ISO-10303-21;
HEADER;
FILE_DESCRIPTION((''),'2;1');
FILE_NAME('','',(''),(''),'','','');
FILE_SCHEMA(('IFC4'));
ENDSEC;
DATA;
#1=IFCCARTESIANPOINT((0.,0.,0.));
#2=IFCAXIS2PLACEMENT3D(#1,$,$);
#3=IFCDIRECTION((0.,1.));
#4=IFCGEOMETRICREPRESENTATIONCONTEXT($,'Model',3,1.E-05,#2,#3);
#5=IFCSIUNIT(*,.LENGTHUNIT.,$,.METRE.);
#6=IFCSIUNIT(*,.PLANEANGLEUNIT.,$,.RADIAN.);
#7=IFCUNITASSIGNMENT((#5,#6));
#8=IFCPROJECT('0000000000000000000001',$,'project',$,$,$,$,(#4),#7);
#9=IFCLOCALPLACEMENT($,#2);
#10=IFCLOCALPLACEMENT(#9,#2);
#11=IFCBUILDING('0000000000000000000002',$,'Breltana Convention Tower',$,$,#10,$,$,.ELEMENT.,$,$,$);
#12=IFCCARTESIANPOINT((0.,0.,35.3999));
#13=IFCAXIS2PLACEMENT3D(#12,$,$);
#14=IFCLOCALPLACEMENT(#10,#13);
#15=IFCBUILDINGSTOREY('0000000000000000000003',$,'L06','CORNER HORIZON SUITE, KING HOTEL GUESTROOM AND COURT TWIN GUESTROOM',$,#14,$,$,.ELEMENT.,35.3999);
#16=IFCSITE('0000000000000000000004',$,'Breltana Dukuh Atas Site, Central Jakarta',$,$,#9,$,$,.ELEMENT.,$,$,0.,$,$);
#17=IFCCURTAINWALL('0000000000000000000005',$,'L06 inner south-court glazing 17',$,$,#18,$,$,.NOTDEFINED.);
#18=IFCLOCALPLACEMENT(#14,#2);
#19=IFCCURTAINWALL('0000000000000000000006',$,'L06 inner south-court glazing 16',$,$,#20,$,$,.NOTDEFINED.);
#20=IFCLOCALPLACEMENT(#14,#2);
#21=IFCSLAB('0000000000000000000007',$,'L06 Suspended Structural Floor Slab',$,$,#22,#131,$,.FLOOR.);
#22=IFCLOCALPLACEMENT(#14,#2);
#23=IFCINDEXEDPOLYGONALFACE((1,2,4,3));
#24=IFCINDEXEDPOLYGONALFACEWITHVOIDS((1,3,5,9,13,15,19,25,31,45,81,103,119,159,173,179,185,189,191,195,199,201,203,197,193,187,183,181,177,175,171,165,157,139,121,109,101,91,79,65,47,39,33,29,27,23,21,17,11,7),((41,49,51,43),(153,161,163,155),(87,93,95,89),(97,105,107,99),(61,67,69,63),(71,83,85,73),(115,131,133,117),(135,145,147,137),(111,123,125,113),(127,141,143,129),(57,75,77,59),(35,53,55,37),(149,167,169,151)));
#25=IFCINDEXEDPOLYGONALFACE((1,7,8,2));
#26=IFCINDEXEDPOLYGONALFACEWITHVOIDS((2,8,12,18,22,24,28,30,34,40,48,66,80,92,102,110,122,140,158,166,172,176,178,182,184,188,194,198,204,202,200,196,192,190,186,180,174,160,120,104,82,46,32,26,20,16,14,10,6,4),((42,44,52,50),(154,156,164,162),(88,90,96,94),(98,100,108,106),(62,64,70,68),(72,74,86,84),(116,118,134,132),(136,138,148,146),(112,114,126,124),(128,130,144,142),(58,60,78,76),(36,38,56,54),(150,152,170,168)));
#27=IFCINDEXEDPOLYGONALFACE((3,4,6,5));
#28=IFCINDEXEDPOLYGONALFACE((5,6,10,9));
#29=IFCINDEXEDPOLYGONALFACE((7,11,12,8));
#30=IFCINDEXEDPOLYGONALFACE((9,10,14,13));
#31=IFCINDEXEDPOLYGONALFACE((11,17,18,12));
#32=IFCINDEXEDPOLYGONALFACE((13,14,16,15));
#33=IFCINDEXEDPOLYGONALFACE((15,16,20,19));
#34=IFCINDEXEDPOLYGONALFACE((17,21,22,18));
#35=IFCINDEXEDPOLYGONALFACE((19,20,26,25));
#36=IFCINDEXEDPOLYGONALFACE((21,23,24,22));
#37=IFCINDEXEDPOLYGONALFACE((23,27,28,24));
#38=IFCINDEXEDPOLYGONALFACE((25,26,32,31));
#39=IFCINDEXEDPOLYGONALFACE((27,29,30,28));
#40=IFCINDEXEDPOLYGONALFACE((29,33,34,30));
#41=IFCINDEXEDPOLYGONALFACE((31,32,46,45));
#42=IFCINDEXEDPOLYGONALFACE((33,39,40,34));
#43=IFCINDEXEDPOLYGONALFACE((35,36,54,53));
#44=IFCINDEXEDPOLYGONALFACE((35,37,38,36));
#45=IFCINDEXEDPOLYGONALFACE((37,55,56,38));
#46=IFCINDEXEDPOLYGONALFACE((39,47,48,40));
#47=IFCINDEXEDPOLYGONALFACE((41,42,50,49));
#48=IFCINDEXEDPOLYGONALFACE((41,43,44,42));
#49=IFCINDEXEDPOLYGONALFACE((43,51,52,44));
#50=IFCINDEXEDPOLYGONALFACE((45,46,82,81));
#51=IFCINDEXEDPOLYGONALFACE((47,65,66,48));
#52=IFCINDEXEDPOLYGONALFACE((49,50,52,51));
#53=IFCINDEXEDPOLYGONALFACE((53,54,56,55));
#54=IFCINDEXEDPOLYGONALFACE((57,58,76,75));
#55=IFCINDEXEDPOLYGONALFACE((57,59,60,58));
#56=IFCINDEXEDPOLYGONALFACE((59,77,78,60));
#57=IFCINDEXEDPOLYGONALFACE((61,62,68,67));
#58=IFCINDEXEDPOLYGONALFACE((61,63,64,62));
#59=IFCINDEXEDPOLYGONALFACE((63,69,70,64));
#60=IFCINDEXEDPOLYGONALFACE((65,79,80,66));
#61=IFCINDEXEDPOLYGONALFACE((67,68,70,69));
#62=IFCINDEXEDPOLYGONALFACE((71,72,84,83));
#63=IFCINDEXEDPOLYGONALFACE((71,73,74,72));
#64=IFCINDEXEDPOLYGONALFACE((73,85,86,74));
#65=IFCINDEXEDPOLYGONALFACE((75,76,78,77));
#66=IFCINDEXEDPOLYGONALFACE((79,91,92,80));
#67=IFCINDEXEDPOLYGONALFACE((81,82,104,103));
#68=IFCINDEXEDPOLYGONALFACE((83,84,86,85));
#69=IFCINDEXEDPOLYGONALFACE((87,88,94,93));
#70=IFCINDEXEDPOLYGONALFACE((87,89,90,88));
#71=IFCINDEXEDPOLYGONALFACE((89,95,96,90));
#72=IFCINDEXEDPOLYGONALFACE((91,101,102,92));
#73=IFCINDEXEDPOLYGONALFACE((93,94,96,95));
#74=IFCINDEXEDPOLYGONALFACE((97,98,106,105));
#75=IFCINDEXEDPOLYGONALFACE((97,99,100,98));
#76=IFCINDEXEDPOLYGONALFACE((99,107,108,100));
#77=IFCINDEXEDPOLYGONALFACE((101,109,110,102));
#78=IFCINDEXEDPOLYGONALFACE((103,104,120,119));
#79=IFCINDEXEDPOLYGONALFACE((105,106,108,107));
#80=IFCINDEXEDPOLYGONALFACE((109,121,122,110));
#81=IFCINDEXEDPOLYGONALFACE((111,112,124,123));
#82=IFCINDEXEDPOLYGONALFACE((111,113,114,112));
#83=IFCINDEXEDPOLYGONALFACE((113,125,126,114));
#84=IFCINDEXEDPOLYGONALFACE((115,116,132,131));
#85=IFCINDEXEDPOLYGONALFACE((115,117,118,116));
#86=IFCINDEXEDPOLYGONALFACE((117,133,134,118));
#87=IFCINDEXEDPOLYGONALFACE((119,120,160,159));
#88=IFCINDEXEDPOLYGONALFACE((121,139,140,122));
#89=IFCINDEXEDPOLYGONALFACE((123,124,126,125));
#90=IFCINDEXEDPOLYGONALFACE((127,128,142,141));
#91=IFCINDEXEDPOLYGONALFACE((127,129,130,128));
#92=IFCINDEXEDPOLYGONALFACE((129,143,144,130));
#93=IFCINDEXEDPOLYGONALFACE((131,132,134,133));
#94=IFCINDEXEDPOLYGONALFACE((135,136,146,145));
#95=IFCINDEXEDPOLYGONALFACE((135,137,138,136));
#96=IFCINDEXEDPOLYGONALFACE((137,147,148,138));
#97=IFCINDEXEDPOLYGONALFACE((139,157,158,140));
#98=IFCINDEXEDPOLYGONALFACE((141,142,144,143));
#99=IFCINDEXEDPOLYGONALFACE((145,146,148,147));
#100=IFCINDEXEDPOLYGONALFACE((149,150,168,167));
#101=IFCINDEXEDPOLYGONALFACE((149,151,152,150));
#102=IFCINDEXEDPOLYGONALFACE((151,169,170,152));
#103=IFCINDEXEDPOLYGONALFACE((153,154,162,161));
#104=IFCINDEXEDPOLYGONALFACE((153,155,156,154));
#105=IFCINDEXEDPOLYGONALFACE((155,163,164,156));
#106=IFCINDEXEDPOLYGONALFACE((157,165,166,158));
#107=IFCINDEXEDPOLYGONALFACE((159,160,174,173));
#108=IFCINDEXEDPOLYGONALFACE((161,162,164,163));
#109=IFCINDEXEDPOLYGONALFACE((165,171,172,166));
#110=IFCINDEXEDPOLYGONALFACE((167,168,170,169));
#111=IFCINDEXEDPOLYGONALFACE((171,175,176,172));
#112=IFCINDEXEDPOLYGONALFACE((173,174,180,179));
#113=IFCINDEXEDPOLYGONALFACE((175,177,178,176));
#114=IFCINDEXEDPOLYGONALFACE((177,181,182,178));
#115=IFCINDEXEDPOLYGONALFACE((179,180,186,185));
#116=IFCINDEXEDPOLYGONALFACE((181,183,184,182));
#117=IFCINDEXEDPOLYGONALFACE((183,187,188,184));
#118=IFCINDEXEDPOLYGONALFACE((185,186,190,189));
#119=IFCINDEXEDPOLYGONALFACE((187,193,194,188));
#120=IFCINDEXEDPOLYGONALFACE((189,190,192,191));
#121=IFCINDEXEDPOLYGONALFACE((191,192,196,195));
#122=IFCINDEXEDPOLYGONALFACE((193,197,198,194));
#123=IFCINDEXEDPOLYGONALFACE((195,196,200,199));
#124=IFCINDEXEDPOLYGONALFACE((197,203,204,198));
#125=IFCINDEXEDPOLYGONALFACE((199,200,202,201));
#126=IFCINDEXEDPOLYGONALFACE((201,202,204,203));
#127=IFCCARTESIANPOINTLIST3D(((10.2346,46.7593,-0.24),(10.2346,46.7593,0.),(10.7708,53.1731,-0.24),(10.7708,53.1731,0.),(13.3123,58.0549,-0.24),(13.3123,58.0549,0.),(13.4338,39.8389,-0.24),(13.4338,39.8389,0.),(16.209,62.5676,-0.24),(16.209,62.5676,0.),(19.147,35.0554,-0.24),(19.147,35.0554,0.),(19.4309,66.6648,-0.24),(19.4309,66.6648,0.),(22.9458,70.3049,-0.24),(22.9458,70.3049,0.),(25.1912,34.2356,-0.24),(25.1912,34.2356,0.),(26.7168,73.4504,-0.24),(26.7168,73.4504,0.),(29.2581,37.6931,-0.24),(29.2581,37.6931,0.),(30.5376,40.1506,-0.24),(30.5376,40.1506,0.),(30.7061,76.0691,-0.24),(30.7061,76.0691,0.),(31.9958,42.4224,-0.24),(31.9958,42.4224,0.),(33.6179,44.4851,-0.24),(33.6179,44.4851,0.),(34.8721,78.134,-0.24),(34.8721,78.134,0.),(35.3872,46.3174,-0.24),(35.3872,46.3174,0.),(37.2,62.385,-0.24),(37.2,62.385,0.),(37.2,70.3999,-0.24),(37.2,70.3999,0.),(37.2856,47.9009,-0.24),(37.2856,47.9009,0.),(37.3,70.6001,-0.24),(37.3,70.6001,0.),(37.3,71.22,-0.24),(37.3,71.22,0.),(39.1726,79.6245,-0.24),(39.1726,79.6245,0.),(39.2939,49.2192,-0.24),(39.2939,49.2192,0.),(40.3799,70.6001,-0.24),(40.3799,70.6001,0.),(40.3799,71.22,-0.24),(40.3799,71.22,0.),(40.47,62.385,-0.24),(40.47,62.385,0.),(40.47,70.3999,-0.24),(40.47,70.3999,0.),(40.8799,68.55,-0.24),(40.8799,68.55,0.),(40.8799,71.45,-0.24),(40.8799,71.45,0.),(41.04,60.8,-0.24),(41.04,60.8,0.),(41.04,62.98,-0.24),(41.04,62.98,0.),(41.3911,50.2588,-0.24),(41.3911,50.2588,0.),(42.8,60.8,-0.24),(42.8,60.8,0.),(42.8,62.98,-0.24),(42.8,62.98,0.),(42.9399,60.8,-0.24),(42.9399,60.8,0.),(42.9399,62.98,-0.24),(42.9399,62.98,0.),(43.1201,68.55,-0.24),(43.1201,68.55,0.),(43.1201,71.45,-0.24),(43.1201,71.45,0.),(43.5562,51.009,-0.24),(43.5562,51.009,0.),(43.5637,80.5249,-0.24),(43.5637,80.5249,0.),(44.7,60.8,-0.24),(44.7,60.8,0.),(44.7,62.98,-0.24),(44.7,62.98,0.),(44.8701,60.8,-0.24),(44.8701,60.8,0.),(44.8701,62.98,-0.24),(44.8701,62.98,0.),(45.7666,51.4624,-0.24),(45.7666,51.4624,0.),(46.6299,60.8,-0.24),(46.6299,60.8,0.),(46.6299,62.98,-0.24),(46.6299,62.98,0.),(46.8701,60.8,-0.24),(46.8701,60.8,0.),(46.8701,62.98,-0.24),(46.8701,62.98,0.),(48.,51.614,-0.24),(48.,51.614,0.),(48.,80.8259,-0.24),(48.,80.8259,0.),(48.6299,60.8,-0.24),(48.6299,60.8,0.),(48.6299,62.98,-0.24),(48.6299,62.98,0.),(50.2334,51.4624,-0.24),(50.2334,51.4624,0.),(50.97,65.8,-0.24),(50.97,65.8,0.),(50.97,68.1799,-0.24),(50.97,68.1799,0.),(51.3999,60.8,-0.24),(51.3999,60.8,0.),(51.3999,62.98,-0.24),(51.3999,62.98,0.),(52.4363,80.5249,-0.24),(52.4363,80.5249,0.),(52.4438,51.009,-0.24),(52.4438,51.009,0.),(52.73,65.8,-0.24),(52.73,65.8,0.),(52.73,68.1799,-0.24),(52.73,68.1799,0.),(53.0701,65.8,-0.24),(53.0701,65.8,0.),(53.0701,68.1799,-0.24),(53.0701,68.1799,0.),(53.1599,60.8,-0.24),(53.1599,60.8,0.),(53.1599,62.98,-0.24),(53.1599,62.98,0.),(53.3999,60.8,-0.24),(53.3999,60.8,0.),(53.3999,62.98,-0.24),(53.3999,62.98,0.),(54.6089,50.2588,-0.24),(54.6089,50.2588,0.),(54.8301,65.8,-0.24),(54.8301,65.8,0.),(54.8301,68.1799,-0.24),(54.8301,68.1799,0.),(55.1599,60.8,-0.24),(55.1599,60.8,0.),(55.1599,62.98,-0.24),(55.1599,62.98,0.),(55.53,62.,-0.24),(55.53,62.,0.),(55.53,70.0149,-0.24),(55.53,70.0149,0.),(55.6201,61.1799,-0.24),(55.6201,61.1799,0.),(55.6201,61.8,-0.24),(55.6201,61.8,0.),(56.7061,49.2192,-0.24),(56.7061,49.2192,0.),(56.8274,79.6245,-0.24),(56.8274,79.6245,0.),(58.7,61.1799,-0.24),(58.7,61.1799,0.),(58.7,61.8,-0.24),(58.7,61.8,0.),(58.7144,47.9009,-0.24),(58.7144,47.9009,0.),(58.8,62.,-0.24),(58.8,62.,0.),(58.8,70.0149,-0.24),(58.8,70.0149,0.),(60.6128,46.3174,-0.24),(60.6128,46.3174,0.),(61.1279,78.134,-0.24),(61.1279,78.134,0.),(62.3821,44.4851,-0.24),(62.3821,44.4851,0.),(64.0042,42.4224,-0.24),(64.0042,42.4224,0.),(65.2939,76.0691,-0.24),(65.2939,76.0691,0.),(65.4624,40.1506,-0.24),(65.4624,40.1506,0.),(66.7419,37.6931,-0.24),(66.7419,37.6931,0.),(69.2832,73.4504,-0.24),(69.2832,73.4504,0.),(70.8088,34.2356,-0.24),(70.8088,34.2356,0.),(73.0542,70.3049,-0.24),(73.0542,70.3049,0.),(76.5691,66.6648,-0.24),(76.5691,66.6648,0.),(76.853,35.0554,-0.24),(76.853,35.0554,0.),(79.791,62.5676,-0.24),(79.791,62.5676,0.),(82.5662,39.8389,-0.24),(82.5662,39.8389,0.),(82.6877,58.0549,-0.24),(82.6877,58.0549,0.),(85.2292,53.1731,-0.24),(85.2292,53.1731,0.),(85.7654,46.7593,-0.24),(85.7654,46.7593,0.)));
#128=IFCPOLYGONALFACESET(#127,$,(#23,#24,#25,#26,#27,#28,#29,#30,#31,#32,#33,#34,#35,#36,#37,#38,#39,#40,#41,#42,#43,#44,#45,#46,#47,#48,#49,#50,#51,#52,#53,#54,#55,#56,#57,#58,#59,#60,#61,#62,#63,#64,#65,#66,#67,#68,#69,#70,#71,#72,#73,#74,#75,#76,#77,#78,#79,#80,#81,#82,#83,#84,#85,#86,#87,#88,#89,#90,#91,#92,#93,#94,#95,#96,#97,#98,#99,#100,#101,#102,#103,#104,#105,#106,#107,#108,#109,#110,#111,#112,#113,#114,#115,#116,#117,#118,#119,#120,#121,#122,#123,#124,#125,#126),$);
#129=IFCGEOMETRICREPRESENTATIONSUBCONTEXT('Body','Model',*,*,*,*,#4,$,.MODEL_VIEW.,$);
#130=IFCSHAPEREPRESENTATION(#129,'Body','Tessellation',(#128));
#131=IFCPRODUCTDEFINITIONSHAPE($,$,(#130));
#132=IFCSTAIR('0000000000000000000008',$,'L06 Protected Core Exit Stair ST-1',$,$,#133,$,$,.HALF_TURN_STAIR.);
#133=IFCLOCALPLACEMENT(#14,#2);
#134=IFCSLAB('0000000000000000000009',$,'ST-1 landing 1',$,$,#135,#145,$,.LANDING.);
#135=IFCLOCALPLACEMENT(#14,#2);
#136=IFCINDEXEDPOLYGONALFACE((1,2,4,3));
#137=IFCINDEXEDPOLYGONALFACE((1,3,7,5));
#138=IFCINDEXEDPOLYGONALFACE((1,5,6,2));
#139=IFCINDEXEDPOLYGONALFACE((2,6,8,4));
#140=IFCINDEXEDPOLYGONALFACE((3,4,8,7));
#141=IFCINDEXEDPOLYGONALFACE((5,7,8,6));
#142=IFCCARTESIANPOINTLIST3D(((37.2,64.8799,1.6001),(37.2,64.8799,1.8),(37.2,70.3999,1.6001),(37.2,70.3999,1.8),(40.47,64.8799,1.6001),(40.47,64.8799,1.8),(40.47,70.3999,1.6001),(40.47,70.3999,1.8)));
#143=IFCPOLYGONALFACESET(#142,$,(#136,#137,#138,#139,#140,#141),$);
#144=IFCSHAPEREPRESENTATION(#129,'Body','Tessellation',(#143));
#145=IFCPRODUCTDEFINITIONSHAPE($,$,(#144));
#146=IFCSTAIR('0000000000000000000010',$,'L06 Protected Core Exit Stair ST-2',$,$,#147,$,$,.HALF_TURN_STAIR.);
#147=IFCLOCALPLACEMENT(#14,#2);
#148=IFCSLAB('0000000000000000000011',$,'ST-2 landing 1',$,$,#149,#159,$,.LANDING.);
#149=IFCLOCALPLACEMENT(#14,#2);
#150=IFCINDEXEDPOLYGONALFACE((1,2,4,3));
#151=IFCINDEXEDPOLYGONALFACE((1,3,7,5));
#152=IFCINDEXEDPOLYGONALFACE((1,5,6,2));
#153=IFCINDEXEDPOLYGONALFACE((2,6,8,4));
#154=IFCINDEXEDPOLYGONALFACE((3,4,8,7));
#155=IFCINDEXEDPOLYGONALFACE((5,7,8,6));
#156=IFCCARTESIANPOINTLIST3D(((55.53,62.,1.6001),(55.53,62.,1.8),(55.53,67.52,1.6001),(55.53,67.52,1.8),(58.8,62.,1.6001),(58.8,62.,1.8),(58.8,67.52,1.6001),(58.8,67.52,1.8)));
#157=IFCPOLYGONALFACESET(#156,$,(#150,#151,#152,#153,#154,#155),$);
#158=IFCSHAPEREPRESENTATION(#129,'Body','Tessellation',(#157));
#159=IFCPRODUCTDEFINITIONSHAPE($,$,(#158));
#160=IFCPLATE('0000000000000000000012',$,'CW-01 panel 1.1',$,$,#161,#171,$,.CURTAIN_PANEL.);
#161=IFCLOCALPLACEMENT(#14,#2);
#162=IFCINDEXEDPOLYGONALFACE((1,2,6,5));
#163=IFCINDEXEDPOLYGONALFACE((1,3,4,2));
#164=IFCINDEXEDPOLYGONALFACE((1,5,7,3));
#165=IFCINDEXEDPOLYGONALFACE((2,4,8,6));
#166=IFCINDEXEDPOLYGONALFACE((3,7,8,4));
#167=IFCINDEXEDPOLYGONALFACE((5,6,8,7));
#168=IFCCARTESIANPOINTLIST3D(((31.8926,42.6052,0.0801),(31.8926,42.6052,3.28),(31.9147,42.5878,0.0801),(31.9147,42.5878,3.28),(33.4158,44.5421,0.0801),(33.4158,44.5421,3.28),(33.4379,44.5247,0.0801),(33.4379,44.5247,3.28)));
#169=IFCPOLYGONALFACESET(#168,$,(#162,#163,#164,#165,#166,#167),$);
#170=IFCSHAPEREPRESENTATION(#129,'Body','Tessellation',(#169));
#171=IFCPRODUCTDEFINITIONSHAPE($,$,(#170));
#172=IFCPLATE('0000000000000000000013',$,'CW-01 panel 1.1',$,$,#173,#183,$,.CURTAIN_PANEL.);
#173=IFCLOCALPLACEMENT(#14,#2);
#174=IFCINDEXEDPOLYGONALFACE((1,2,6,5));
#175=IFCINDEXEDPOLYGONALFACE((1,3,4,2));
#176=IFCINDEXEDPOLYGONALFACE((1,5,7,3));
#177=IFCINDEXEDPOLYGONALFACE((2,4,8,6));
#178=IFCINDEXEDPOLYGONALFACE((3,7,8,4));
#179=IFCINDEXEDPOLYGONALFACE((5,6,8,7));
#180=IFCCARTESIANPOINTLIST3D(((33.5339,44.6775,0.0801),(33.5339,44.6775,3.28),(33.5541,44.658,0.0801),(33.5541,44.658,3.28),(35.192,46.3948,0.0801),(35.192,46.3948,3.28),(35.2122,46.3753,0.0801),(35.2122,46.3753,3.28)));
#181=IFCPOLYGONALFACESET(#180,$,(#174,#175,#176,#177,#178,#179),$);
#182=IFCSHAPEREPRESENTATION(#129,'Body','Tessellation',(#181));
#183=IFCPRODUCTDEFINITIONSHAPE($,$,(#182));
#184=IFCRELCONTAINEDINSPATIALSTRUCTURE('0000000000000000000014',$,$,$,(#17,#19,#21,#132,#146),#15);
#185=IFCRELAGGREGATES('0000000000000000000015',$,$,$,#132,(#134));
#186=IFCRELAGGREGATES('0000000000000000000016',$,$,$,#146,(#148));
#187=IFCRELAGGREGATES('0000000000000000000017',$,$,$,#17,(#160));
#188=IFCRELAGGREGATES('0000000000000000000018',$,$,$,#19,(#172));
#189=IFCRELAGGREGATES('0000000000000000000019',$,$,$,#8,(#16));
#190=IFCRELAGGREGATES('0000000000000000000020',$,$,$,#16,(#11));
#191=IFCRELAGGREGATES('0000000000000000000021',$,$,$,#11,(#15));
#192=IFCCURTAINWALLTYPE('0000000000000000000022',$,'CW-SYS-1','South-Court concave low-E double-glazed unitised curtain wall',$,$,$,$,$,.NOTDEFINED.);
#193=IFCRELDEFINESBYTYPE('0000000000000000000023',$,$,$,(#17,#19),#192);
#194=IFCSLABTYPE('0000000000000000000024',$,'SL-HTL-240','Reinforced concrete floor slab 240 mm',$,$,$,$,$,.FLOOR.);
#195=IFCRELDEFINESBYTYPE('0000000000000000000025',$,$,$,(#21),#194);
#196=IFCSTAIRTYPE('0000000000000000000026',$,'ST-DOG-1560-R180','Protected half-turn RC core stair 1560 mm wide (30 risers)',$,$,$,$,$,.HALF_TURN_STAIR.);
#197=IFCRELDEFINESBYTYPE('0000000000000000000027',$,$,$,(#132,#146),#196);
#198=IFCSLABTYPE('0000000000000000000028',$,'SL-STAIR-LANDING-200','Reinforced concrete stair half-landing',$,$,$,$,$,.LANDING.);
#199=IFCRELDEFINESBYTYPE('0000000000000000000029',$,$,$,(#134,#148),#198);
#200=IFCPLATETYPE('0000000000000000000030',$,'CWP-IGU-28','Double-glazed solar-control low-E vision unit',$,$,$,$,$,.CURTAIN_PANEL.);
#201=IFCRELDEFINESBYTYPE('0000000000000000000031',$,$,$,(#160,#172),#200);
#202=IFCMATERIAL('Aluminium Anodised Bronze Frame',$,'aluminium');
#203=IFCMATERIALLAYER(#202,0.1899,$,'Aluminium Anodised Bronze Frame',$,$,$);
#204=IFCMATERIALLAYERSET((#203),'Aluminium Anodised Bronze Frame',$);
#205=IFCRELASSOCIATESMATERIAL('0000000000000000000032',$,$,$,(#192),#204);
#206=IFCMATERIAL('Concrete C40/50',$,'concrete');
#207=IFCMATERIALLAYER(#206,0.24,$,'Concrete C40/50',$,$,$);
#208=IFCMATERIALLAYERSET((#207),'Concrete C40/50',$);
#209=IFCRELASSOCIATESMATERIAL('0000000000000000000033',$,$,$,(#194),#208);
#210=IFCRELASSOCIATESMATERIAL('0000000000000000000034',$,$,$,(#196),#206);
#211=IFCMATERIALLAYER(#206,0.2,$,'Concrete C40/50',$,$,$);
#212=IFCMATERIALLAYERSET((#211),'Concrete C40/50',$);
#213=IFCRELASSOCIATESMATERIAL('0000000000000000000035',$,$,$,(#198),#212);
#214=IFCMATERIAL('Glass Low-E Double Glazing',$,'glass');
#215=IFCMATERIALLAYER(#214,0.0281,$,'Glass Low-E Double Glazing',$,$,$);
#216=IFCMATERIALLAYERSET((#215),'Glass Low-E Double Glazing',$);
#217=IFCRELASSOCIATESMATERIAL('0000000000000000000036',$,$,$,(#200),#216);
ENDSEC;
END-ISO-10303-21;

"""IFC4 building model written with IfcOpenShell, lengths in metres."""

from ifc_helpers import new_model, si_unit, direction, frame, origin, origin_2d, place, context, subcontext, project, spatial, polyline, rectangle, outline, extrude, source, transform, mapped, material, layer, layer_set, type_object, element, aggregate, save


model = new_model("IFC4")

# Units and contexts
model_context = context("Model", 3, precision=1e-05, world=origin(), true_north=direction((0.0, 1.0)))
body_context = subcontext(model_context, "Body", "Model", "MODEL_VIEW")
ifc_project = project(units=[si_unit("LENGTHUNIT", "METRE"), si_unit("PLANEANGLEUNIT", "RADIAN")], contexts=[model_context])

# Site, building, storey
site_placement = place(None, origin())
site = spatial("IfcSite", under=ifc_project, at=site_placement, Name="Breltana Dukuh Atas Site, Central Jakarta", CompositionType="ELEMENT", RefElevation=0.0)
building_placement = place(site_placement, origin())
building = spatial("IfcBuilding", under=site, at=building_placement, Name="Breltana Convention Tower", CompositionType="ELEMENT")
storey_placement = place(building_placement, frame((0.0, 0.0, 35.3999)))
storey = spatial("IfcBuildingStorey", under=building, at=storey_placement, Name="L06", Description="CORNER HORIZON SUITE, KING HOTEL GUESTROOM AND COURT TWIN GUESTROOM", CompositionType="ELEMENT", Elevation=35.3999)

# Curtain wall
ifc_material_1 = material(Name="Aluminium Anodised Bronze Frame", Category="aluminium")
ifc_layer_1 = layer(ifc_material_1, 0.1899, Name="Aluminium Anodised Bronze Frame")
ifc_layer_set_1 = layer_set([ifc_layer_1], Name="Aluminium Anodised Bronze Frame")
curtain_wall_type = type_object("IfcCurtainWallType", Name="CW-SYS-1", Description="South-Court concave low-E double-glazed unitised curtain wall", PredefinedType="NOTDEFINED", material=ifc_layer_set_1)
curtain_wall_1_placement = place(storey_placement, origin())
curtain_wall_1 = element("IfcCurtainWall", 1, at=curtain_wall_1_placement, inside=storey, type_object=curtain_wall_type, Name="L06 inner south-court glazing 17", PredefinedType="NOTDEFINED")

# Curtain wall
curtain_wall_2_placement = place(storey_placement, origin())
curtain_wall_2 = element("IfcCurtainWall", 2, at=curtain_wall_2_placement, inside=storey, type_object=curtain_wall_type, Name="L06 inner south-court glazing 16", PredefinedType="NOTDEFINED")

# Slab
ifc_material_2 = material(Name="Concrete C40/50", Category="concrete")
ifc_layer_2 = layer(ifc_material_2, 0.24, Name="Concrete C40/50")
ifc_layer_set_2 = layer_set([ifc_layer_2], Name="Concrete C40/50")
slab_type_1 = type_object("IfcSlabType", Name="SL-HTL-240", Description="Reinforced concrete floor slab 240 mm", PredefinedType="FLOOR", material=ifc_layer_set_2)
slab_1_placement = place(storey_placement, frame((0.0, 0.0, -0.24)))
element("IfcSlab", 3, at=slab_1_placement, inside=storey, type_object=slab_type_1, Name="L06 Suspended Structural Floor Slab", PredefinedType="FLOOR", context=body_context, shape_type="SweptSolid", body=[
    extrude(outline(polyline([(85.2292, 53.1731), (82.6877, 58.0549), (79.791, 62.5676), (76.5691, 66.6648), (73.0542, 70.3049), (69.2832, 73.4504), (65.2939, 76.0691), (61.1279, 78.134), (56.8274, 79.6245), (52.4363, 80.5249), (48.0, 80.8259), (43.5637, 80.5249), (39.1726, 79.6245), (34.8721, 78.134), (30.7061, 76.0691), (26.7168, 73.4504), (22.9458, 70.3049), (19.4309, 66.6648), (16.209, 62.5676), (13.3123, 58.0549), (10.7708, 53.1731), (10.2346, 46.7593), (13.4338, 39.8389), (19.147, 35.0554), (25.1912, 34.2356), (29.2581, 37.6931), (30.5376, 40.1506), (31.9958, 42.4224), (33.6179, 44.4851), (35.3872, 46.3174), (37.2856, 47.9009), (39.2939, 49.2192), (41.3911, 50.2588), (43.5562, 51.009), (45.7666, 51.4624), (48.0, 51.614), (50.2334, 51.4624), (52.4438, 51.009), (54.6089, 50.2588), (56.7061, 49.2192), (58.7144, 47.9009), (60.6128, 46.3174), (62.3821, 44.4851), (64.0042, 42.4224), (65.4624, 40.1506), (66.7419, 37.6931), (70.8088, 34.2356), (76.853, 35.0554), (82.5662, 39.8389), (85.7654, 46.7593), (85.2292, 53.1731)]), holes=[polyline([(37.2, 62.385), (40.47, 62.385), (40.47, 70.3999), (37.2, 70.3999), (37.2, 62.385)]), polyline([(55.53, 62.0), (58.8, 62.0), (58.8, 70.0149), (55.53, 70.0149), (55.53, 62.0)]), polyline([(41.04, 60.8), (42.8, 60.8), (42.8, 62.98), (41.04, 62.98), (41.04, 60.8)]), polyline([(42.9399, 60.8), (44.7, 60.8), (44.7, 62.98), (42.9399, 62.98), (42.9399, 60.8)]), polyline([(44.8701, 60.8), (46.6299, 60.8), (46.6299, 62.98), (44.8701, 62.98), (44.8701, 60.8)]), polyline([(46.8701, 60.8), (48.6299, 60.8), (48.6299, 62.98), (46.8701, 62.98), (46.8701, 60.8)]), polyline([(51.3999, 60.8), (53.1599, 60.8), (53.1599, 62.98), (51.3999, 62.98), (51.3999, 60.8)]), polyline([(53.3999, 60.8), (55.1599, 60.8), (55.1599, 62.98), (53.3999, 62.98), (53.3999, 60.8)]), polyline([(50.97, 65.8), (52.73, 65.8), (52.73, 68.1799), (50.97, 68.1799), (50.97, 65.8)]), polyline([(53.0701, 65.8), (54.8301, 65.8), (54.8301, 68.1799), (53.0701, 68.1799), (53.0701, 65.8)]), polyline([(40.8799, 68.55), (43.1201, 68.55), (43.1201, 71.45), (40.8799, 71.45), (40.8799, 68.55)]), polyline([(37.3, 70.6001), (40.3799, 70.6001), (40.3799, 71.22), (37.3, 71.22), (37.3, 70.6001)]), polyline([(55.6201, 61.1799), (58.7, 61.1799), (58.7, 61.8), (55.6201, 61.8), (55.6201, 61.1799)])]), origin(), (0.0, 0.0, 1.0), 0.24),
])

# Stairs, slabs
stair_type = type_object("IfcStairType", Name="ST-DOG-1560-R180", Description="Protected half-turn RC core stair 1560 mm wide (30 risers)", PredefinedType="HALF_TURN_STAIR", material=ifc_material_2)
stair_1_placement = place(storey_placement, origin())
stair_1 = element("IfcStair", 4, at=stair_1_placement, inside=storey, type_object=stair_type, Name="L06 Protected Core Exit Stair ST-1", PredefinedType="HALF_TURN_STAIR")
ifc_layer_3 = layer(ifc_material_2, 0.2, Name="Concrete C40/50")
ifc_layer_set_3 = layer_set([ifc_layer_3], Name="Concrete C40/50")
slab_type_2 = type_object("IfcSlabType", Name="SL-STAIR-LANDING-200", Description="Reinforced concrete stair half-landing", PredefinedType="LANDING", material=ifc_layer_set_3)
slab_2_placement = place(storey_placement, frame((0.0, 0.0, 1.6001)))
slab_2 = element("IfcSlab", 5, at=slab_2_placement, type_object=slab_type_2, Name="ST-1 landing 1", PredefinedType="LANDING", context=body_context, shape_type="SweptSolid", body=[
    extrude(outline(polyline([(40.47, 64.8799), (40.47, 70.3999), (37.2, 70.3999), (37.2, 64.8799), (40.47, 64.8799)])), origin(), (0.0, 0.0, 1.0), 0.2),
])
aggregate(stair_1, [slab_2])
stair_2_placement = place(storey_placement, origin())
stair_2 = element("IfcStair", 6, at=stair_2_placement, inside=storey, type_object=stair_type, Name="L06 Protected Core Exit Stair ST-2", PredefinedType="HALF_TURN_STAIR")
slab_3_placement = place(storey_placement, frame((0.0, 0.0, 1.6001)))
slab_3 = element("IfcSlab", 7, at=slab_3_placement, type_object=slab_type_2, Name="ST-2 landing 1", PredefinedType="LANDING", context=body_context, shape_type="SweptSolid", body=[
    extrude(outline(polyline([(55.53, 67.52), (55.53, 62.0), (58.8, 62.0), (58.8, 67.52), (55.53, 67.52)])), origin(), (0.0, 0.0, 1.0), 0.2),
])
aggregate(stair_2, [slab_3])

# Plates
ifc_material_3 = material(Name="Glass Low-E Double Glazing", Category="glass")
ifc_layer_4 = layer(ifc_material_3, 0.0281, Name="Glass Low-E Double Glazing")
ifc_layer_set_4 = layer_set([ifc_layer_4], Name="Glass Low-E Double Glazing")
plate_type = type_object("IfcPlateType", Name="CWP-IGU-28", Description="Double-glazed solar-control low-E vision unit", PredefinedType="CURTAIN_PANEL", material=ifc_layer_set_4)
shared_shape_1 = source(origin(), body_context, "Body", "SweptSolid", [
    extrude(rectangle(XDim=2.4641, YDim=0.0281, at=origin_2d()), origin(), (0.0, 0.0, 1.0), 3.2),
])
plate_1_placement = place(storey_placement, frame((32.6653, 43.5649, 0.0801), z_axis=(0.0, 0.0, 1.0), x_axis=(-0.618153, -0.786058, 0.0)))
plate_1 = element("IfcPlate", 8, at=plate_1_placement, type_object=plate_type, Name="CW-01 panel 1.1", PredefinedType="CURTAIN_PANEL", context=body_context, shape_type="MappedRepresentation", body=[
    mapped(shared_shape_1, transform((0.0, 0.0, 0.0), scale=1.0)),
])
aggregate(curtain_wall_1, [plate_1])
shared_shape_2 = source(origin(), body_context, "Body", "SweptSolid", [
    extrude(rectangle(XDim=2.3872, YDim=0.0281, at=origin_2d()), origin(), (0.0, 0.0, 1.0), 3.2),
])
plate_2_placement = place(storey_placement, frame((34.373, 45.5264, 0.0801), z_axis=(0.0, 0.0, 1.0), x_axis=(-0.694612, -0.719385, 0.0)))
plate_2 = element("IfcPlate", 9, at=plate_2_placement, type_object=plate_type, Name="CW-01 panel 1.1", PredefinedType="CURTAIN_PANEL", context=body_context, shape_type="MappedRepresentation", body=[
    mapped(shared_shape_2, transform((0.0, 0.0, 0.0), scale=1.0)),
])
aggregate(curtain_wall_2, [plate_2])

save(model, "model.ifc")
